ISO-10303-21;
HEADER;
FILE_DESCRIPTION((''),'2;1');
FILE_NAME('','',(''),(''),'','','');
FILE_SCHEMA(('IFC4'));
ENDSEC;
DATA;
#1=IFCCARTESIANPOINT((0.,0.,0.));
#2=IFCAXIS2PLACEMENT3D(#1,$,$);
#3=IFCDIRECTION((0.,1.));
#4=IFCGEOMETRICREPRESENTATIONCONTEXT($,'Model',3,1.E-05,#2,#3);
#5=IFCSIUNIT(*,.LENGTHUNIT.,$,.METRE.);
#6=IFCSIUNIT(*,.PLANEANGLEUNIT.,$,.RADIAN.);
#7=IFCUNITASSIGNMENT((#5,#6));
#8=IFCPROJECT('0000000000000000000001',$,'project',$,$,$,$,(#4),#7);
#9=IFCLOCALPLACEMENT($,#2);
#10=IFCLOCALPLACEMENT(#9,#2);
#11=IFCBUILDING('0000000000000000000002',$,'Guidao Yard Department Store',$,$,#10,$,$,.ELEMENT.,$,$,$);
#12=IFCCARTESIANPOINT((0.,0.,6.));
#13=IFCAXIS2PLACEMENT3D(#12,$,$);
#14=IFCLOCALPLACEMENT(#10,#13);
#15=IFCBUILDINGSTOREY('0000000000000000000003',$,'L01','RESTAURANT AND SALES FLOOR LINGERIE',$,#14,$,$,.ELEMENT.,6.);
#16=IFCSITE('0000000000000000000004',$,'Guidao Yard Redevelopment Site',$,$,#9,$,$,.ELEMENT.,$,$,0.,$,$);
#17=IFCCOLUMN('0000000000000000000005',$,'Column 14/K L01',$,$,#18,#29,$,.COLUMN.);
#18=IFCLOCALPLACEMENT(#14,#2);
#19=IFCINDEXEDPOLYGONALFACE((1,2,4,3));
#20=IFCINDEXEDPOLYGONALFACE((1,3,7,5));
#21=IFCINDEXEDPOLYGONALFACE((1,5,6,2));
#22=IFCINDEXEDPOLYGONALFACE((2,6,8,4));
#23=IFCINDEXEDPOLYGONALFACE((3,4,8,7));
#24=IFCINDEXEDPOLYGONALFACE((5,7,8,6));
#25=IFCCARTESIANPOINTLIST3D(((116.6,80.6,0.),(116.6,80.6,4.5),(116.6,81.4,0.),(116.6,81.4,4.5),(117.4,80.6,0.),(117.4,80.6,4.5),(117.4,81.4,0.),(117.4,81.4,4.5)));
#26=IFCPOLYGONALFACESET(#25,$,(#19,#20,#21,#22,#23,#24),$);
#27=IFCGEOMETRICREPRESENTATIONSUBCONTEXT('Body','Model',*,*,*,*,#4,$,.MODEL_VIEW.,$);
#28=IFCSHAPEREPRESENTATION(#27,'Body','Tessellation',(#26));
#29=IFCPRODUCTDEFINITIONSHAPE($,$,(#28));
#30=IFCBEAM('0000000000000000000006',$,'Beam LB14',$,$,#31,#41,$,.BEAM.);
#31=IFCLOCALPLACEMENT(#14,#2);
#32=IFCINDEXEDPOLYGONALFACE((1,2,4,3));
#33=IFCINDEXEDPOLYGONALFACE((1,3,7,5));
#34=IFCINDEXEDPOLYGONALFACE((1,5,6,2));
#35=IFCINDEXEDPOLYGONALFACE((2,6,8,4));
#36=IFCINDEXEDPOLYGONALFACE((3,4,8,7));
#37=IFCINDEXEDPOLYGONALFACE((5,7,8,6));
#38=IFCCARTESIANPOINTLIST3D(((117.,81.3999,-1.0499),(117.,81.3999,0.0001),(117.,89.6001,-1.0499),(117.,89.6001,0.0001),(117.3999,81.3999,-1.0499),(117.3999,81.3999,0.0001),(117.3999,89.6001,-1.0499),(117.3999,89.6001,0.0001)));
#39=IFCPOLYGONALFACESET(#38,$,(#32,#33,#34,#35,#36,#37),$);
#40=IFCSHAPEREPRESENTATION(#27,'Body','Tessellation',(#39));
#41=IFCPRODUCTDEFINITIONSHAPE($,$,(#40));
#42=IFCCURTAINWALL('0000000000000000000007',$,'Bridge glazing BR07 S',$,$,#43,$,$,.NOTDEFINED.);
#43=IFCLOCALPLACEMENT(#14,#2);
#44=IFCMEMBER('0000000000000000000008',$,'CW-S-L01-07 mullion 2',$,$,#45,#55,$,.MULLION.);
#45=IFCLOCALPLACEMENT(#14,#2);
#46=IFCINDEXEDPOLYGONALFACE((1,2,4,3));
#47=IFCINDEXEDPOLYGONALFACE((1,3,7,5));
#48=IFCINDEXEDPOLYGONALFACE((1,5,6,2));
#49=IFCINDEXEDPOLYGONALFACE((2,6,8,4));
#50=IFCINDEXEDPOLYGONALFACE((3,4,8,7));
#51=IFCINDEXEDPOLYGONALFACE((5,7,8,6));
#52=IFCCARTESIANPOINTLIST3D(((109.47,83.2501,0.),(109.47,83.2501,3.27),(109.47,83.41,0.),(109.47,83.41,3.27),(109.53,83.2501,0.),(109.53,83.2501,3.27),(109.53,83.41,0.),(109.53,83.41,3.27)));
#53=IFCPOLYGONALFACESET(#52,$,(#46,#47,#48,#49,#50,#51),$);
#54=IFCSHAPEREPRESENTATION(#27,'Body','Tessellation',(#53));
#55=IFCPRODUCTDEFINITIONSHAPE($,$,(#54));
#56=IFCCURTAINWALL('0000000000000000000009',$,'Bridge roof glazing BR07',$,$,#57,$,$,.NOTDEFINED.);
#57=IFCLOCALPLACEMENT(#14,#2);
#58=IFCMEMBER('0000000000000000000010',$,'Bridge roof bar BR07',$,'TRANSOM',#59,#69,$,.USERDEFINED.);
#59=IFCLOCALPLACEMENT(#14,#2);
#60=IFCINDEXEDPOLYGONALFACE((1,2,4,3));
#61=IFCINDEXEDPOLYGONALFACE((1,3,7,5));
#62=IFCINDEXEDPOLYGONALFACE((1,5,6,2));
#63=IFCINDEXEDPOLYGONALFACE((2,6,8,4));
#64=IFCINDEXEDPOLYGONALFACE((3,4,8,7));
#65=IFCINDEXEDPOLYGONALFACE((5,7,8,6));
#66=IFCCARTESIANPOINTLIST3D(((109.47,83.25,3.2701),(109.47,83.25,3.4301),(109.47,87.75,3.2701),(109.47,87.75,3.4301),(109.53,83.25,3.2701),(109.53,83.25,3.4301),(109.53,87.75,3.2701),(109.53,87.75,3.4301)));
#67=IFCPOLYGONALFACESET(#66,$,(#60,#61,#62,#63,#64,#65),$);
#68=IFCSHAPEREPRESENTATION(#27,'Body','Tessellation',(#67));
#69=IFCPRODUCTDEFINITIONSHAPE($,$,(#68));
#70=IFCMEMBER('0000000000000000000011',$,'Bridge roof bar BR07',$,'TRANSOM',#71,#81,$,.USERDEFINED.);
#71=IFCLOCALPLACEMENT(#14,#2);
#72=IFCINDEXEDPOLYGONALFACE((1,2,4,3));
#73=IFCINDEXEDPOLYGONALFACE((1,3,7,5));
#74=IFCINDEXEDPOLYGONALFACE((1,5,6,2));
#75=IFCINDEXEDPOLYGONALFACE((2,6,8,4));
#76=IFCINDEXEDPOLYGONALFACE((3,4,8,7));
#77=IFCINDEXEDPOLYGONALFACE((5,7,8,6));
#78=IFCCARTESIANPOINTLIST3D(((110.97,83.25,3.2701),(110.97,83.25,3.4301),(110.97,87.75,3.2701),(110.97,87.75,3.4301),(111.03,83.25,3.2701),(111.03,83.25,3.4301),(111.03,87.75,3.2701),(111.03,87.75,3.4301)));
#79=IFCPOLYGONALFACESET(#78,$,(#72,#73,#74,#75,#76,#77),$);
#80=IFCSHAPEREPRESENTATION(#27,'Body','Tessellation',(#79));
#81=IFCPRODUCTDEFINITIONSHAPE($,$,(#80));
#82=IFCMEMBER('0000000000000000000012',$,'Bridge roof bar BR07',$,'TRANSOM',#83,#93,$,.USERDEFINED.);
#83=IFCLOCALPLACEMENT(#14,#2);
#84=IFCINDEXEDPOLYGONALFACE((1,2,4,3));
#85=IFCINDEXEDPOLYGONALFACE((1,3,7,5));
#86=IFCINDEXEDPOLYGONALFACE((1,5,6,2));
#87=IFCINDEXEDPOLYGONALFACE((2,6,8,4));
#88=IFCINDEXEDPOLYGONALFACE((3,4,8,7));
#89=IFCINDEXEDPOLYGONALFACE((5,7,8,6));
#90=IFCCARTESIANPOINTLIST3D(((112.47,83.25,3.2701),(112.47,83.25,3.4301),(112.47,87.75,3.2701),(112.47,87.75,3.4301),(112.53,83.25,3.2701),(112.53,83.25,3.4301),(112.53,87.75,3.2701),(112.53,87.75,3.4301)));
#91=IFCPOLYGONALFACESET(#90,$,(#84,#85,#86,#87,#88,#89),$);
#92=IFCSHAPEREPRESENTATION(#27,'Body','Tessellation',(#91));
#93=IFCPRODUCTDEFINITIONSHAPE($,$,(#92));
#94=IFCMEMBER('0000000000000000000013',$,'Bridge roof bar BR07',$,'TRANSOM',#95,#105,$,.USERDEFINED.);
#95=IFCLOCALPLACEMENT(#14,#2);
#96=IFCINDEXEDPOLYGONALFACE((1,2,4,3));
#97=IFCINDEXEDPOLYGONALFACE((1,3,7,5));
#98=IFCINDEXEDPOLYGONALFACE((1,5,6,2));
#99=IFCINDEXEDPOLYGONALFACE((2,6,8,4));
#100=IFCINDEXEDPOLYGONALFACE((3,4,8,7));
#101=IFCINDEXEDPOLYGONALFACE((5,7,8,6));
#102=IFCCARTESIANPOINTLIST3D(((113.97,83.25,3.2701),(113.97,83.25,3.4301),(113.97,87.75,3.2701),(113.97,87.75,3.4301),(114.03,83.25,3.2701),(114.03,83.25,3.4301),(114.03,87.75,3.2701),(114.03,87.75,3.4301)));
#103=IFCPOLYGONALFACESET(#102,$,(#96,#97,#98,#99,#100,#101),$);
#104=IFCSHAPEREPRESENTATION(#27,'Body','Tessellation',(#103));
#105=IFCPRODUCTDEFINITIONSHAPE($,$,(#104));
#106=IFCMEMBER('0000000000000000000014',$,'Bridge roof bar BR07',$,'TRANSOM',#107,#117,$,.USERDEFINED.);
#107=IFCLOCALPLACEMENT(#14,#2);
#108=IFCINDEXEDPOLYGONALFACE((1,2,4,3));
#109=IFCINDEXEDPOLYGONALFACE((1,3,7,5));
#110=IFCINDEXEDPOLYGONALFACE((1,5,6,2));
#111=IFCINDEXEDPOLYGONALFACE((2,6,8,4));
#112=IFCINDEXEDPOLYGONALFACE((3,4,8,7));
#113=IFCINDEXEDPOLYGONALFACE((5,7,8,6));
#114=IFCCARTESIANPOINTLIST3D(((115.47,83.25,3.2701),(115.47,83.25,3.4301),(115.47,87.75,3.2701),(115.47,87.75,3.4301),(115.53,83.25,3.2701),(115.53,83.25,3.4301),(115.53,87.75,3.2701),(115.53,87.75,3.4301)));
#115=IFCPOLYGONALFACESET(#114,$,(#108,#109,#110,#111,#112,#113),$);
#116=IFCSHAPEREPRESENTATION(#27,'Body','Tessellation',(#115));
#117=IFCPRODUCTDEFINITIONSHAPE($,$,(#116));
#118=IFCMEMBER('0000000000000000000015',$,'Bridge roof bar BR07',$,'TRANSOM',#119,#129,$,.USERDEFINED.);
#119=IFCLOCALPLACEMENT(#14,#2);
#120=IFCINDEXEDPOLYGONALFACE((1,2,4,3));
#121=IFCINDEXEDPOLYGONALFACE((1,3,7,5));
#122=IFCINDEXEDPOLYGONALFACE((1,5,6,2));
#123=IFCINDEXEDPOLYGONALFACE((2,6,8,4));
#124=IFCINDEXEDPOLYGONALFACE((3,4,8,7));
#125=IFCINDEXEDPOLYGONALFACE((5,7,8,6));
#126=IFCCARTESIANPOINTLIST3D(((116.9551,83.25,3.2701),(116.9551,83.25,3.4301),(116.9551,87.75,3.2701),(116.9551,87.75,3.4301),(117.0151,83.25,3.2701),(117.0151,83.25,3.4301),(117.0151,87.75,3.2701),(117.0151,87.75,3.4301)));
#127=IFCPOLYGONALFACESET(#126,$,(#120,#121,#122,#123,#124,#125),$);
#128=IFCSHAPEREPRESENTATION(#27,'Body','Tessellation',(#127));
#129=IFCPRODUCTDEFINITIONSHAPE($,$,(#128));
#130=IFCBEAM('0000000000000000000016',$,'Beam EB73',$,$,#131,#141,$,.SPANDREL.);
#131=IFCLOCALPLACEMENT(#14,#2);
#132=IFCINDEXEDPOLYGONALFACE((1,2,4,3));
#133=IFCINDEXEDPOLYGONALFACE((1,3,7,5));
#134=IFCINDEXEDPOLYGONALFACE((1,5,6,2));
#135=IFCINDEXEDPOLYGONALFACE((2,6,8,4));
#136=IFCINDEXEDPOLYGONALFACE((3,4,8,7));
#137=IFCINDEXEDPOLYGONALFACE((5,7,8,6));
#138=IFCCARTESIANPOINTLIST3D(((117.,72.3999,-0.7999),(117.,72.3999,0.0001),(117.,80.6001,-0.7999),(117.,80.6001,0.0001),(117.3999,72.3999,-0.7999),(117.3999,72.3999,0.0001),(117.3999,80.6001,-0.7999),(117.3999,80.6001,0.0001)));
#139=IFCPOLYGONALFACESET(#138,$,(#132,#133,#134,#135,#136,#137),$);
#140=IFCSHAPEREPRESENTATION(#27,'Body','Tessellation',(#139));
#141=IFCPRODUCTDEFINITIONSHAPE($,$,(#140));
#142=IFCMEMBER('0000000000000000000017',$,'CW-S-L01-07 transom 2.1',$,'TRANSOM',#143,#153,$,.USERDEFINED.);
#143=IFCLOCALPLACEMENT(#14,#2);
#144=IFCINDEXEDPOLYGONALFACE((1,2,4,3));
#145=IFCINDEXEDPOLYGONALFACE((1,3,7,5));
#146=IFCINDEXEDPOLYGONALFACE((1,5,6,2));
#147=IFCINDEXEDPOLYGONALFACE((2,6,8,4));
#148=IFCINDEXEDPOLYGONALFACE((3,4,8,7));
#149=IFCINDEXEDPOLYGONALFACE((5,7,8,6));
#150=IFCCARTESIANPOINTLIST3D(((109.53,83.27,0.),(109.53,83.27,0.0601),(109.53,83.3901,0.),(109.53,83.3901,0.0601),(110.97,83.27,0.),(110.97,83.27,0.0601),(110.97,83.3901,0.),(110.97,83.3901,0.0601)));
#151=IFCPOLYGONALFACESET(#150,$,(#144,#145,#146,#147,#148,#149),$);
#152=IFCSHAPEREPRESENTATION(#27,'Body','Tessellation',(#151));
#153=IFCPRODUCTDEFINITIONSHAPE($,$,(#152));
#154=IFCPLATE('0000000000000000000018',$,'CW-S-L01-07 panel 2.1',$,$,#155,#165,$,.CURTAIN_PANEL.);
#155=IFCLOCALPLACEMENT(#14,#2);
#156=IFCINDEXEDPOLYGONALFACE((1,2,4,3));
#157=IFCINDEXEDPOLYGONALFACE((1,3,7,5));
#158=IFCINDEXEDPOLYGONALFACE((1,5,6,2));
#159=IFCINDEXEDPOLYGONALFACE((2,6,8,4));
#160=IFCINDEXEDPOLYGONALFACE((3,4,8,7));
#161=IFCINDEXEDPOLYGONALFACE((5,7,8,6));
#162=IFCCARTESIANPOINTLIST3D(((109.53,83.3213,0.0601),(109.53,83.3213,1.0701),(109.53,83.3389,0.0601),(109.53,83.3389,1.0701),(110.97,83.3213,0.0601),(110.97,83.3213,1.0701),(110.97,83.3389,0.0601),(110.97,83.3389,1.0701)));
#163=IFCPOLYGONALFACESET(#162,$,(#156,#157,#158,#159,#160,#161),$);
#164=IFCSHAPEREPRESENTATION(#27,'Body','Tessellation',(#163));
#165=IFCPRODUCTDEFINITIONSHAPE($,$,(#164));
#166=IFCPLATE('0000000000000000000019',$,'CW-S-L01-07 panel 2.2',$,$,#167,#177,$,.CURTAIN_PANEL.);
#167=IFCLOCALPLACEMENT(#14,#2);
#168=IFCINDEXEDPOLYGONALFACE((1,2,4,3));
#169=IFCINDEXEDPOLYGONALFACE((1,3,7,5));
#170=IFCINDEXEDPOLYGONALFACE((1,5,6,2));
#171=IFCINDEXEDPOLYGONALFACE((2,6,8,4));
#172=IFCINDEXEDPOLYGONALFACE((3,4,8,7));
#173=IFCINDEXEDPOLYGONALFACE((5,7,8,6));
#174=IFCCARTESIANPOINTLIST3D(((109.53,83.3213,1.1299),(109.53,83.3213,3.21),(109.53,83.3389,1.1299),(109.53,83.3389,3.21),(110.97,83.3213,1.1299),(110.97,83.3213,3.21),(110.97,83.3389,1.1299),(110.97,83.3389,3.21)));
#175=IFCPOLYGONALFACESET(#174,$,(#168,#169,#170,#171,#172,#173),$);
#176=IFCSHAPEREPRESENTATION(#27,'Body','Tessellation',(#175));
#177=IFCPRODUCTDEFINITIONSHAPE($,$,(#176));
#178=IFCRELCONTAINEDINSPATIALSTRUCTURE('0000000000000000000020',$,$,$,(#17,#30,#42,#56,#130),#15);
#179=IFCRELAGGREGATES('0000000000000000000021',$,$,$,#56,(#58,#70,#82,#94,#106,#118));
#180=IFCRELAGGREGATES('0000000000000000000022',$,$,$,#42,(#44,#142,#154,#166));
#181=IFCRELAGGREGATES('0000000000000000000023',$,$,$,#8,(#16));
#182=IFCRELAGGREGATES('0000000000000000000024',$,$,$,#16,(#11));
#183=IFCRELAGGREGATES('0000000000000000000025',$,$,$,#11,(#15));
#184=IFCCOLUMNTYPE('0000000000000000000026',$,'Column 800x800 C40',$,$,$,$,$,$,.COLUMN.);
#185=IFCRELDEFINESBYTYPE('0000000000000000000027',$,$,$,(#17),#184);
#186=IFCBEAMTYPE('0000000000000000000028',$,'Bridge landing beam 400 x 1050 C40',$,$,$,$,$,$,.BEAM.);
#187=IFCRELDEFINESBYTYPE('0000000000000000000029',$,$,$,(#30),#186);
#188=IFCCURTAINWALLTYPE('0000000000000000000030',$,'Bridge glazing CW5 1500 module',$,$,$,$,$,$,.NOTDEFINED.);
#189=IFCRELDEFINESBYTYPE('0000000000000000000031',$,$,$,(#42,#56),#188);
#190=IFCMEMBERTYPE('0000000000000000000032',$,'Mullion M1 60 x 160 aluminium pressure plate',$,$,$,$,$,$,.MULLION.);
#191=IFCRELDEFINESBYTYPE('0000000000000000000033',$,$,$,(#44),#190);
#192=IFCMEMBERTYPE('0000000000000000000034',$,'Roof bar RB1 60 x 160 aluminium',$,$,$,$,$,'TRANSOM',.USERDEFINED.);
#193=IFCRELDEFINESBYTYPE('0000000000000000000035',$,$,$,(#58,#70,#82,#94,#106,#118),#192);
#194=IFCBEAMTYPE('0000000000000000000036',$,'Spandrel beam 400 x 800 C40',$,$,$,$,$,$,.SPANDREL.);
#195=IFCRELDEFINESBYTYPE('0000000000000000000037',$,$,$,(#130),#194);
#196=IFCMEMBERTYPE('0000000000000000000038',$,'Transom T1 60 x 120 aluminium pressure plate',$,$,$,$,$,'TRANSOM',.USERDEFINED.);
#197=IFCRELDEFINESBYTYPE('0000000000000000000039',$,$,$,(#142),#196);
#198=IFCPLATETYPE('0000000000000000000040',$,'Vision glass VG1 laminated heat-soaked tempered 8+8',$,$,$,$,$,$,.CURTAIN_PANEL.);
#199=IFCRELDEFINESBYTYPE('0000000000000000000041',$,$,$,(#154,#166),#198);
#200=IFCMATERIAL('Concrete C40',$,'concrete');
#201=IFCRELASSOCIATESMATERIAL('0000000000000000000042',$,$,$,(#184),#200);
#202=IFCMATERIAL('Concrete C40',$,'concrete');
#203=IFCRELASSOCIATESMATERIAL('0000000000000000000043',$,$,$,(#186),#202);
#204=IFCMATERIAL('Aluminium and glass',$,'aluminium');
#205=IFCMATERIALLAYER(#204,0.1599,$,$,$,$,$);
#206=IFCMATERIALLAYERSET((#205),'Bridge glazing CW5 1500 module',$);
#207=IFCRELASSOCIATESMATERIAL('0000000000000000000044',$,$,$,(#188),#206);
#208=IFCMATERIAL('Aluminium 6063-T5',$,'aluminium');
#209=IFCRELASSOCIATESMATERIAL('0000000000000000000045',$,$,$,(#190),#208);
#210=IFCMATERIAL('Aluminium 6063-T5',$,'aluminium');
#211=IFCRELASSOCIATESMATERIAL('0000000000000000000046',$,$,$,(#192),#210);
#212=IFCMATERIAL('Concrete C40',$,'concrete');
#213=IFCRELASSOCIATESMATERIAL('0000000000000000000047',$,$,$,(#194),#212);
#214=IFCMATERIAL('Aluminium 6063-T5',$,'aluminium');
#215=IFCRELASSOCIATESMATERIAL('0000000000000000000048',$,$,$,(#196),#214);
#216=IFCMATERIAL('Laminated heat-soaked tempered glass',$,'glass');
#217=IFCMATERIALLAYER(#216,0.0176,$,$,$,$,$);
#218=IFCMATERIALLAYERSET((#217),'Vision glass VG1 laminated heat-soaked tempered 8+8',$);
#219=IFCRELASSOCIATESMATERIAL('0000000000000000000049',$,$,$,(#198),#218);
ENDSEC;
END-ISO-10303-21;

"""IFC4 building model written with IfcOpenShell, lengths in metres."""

from ifc_helpers import new_model, si_unit, direction, frame, origin, origin_2d, place, context, subcontext, project, spatial, rectangle, extrude, material, layer, layer_set, material_profile, profile_set, type_object, element, aggregate, save


model = new_model("IFC4")

# Units and contexts
model_context = context("Model", 3, precision=1e-05, world=origin(), true_north=direction((0.0, 1.0)))
body_context = subcontext(model_context, "Body", "Model", "MODEL_VIEW")
ifc_project = project(units=[si_unit("LENGTHUNIT", "METRE"), si_unit("PLANEANGLEUNIT", "RADIAN")], contexts=[model_context])

# Site, building, storey
site_placement = place(None, origin())
site = spatial("IfcSite", under=ifc_project, at=site_placement, Name="Guidao Yard Redevelopment Site", CompositionType="ELEMENT", RefElevation=0.0)
building_placement = place(site_placement, origin())
building = spatial("IfcBuilding", under=site, at=building_placement, Name="Guidao Yard Department Store", CompositionType="ELEMENT")
storey_placement = place(building_placement, frame((0.0, 0.0, 6.0)))
storey = spatial("IfcBuildingStorey", under=building, at=storey_placement, Name="L01", Description="RESTAURANT AND SALES FLOOR LINGERIE", CompositionType="ELEMENT", Elevation=6.0)

# Column
ifc_material_1 = material(Name="Concrete C40", Category="concrete")
ifc_material_profile_1 = material_profile(ifc_material_1, rectangle(XDim=0.8, YDim=0.8, at=origin_2d()), Name="COL 800x800")
ifc_profile_set_1 = profile_set([ifc_material_profile_1], Name="Concrete C40")
column_type = type_object("IfcColumnType", Name="Column 800x800 C40", PredefinedType="COLUMN", material=ifc_profile_set_1)
column_placement = place(storey_placement, frame((117.0, 81.0, 0.0), z_axis=(0.0, 0.0, 1.0), x_axis=(1.0, 0.0, 0.0)))
element("IfcColumn", 1, at=column_placement, inside=storey, type_object=column_type, Name="Column 14/K L01", PredefinedType="COLUMN", context=body_context, shape_type="SweptSolid", body=[
    extrude(rectangle(XDim=0.8, YDim=0.8, at=origin_2d()), origin(), (0.0, 0.0, 1.0), 4.5),
])

# Beam
ifc_material_2 = material(Name="Concrete C40", Category="concrete")
ifc_material_profile_2 = material_profile(ifc_material_2, rectangle(XDim=0.3999, YDim=1.05, at=origin_2d()), Name="Bridge landing beam 400 x 1050 C40")
ifc_profile_set_2 = profile_set([ifc_material_profile_2], Name="Concrete C40")
beam_type_1 = type_object("IfcBeamType", Name="Bridge landing beam 400 x 1050 C40", PredefinedType="BEAM", material=ifc_profile_set_2)
beam_1_placement = place(storey_placement, frame((117.2, 81.3999, -0.5249), z_axis=(0.0, 1.0, 0.0), x_axis=(-1.0, 0.0, 0.0)))
element("IfcBeam", 2, at=beam_1_placement, inside=storey, type_object=beam_type_1, Name="Beam LB14", PredefinedType="BEAM", context=body_context, shape_type="SweptSolid", body=[
    extrude(rectangle(XDim=0.3999, YDim=1.05, at=origin_2d()), origin(), (0.0, 0.0, 1.0), 8.2002),
])

# Curtain wall, member
ifc_material_3 = material(Name="Aluminium and glass", Category="aluminium")
ifc_layer_1 = layer(ifc_material_3, 0.1599)
ifc_layer_set_1 = layer_set([ifc_layer_1], Name="Bridge glazing CW5 1500 module")
curtain_wall_type = type_object("IfcCurtainWallType", Name="Bridge glazing CW5 1500 module", PredefinedType="NOTDEFINED", material=ifc_layer_set_1)
curtain_wall_1_placement = place(storey_placement, origin())
curtain_wall_1 = element("IfcCurtainWall", 3, at=curtain_wall_1_placement, inside=storey, type_object=curtain_wall_type, Name="Bridge glazing BR07 S", PredefinedType="NOTDEFINED")
ifc_material_4 = material(Name="Aluminium 6063-T5", Category="aluminium")
ifc_material_profile_3 = material_profile(ifc_material_4, rectangle(XDim=0.0601, YDim=0.1599, at=origin_2d()), Name="Mullion M1 60 x 160 aluminium pressure plate")
ifc_profile_set_3 = profile_set([ifc_material_profile_3], Name="Aluminium 6063-T5")
member_type_1 = type_object("IfcMemberType", Name="Mullion M1 60 x 160 aluminium pressure plate", PredefinedType="MULLION", material=ifc_profile_set_3)
member_1_placement = place(storey_placement, frame((109.5, 83.3301, 0.0), z_axis=(0.0, 0.0, 1.0), x_axis=(-1.0, 0.0, 0.0)))
member_1 = element("IfcMember", 4, at=member_1_placement, type_object=member_type_1, Name="CW-S-L01-07 mullion 2", PredefinedType="MULLION", context=body_context, shape_type="SweptSolid", body=[
    extrude(rectangle(XDim=0.0601, YDim=0.1599, at=origin_2d()), origin(), (0.0, 0.0, 1.0), 3.27),
])

# Curtain wall, members
curtain_wall_2_placement = place(storey_placement, origin())
curtain_wall_2 = element("IfcCurtainWall", 5, at=curtain_wall_2_placement, inside=storey, type_object=curtain_wall_type, Name="Bridge roof glazing BR07", PredefinedType="NOTDEFINED")
ifc_material_5 = material(Name="Aluminium 6063-T5", Category="aluminium")
ifc_material_profile_4 = material_profile(ifc_material_5, rectangle(XDim=0.0601, YDim=0.1599, at=origin_2d()), Name="Roof bar RB1 60 x 160 aluminium")
ifc_profile_set_4 = profile_set([ifc_material_profile_4], Name="Aluminium 6063-T5")
member_type_2 = type_object("IfcMemberType", Name="Roof bar RB1 60 x 160 aluminium", ElementType="TRANSOM", PredefinedType="USERDEFINED", material=ifc_profile_set_4)
member_2_placement = place(storey_placement, frame((109.5, 83.25, 3.3501), z_axis=(0.0, 1.0, 0.0), x_axis=(-1.0, 0.0, 0.0)))
member_2 = element("IfcMember", 6, at=member_2_placement, type_object=member_type_2, Name="Bridge roof bar BR07", ObjectType="TRANSOM", PredefinedType="USERDEFINED", context=body_context, shape_type="SweptSolid", body=[
    extrude(rectangle(XDim=0.0601, YDim=0.1599, at=origin_2d()), origin(), (0.0, 0.0, 1.0), 4.5),
])
member_3_placement = place(storey_placement, frame((111.0, 83.25, 3.3501), z_axis=(0.0, 1.0, 0.0), x_axis=(-1.0, 0.0, 0.0)))
member_3 = element("IfcMember", 7, at=member_3_placement, type_object=member_type_2, Name="Bridge roof bar BR07", ObjectType="TRANSOM", PredefinedType="USERDEFINED", context=body_context, shape_type="SweptSolid", body=[
    extrude(rectangle(XDim=0.0601, YDim=0.1599, at=origin_2d()), origin(), (0.0, 0.0, 1.0), 4.5),
])
member_4_placement = place(storey_placement, frame((112.5, 83.25, 3.3501), z_axis=(0.0, 1.0, 0.0), x_axis=(-1.0, 0.0, 0.0)))
member_4 = element("IfcMember", 8, at=member_4_placement, type_object=member_type_2, Name="Bridge roof bar BR07", ObjectType="TRANSOM", PredefinedType="USERDEFINED", context=body_context, shape_type="SweptSolid", body=[
    extrude(rectangle(XDim=0.0601, YDim=0.1599, at=origin_2d()), origin(), (0.0, 0.0, 1.0), 4.5),
])
member_5_placement = place(storey_placement, frame((114.0, 83.25, 3.3501), z_axis=(0.0, 1.0, 0.0), x_axis=(-1.0, 0.0, 0.0)))
member_5 = element("IfcMember", 9, at=member_5_placement, type_object=member_type_2, Name="Bridge roof bar BR07", ObjectType="TRANSOM", PredefinedType="USERDEFINED", context=body_context, shape_type="SweptSolid", body=[
    extrude(rectangle(XDim=0.0601, YDim=0.1599, at=origin_2d()), origin(), (0.0, 0.0, 1.0), 4.5),
])
member_6_placement = place(storey_placement, frame((115.5, 83.25, 3.3501), z_axis=(0.0, 1.0, 0.0), x_axis=(-1.0, 0.0, 0.0)))
member_6 = element("IfcMember", 10, at=member_6_placement, type_object=member_type_2, Name="Bridge roof bar BR07", ObjectType="TRANSOM", PredefinedType="USERDEFINED", context=body_context, shape_type="SweptSolid", body=[
    extrude(rectangle(XDim=0.0601, YDim=0.1599, at=origin_2d()), origin(), (0.0, 0.0, 1.0), 4.5),
])
member_7_placement = place(storey_placement, frame((116.9851, 83.25, 3.3501), z_axis=(0.0, 1.0, 0.0), x_axis=(-1.0, 0.0, 0.0)))
member_7 = element("IfcMember", 11, at=member_7_placement, type_object=member_type_2, Name="Bridge roof bar BR07", ObjectType="TRANSOM", PredefinedType="USERDEFINED", context=body_context, shape_type="SweptSolid", body=[
    extrude(rectangle(XDim=0.0601, YDim=0.1599, at=origin_2d()), origin(), (0.0, 0.0, 1.0), 4.5),
])
aggregate(curtain_wall_2, [member_2, member_3, member_4, member_5, member_6, member_7])

# Beam
ifc_material_6 = material(Name="Concrete C40", Category="concrete")
ifc_material_profile_5 = material_profile(ifc_material_6, rectangle(XDim=0.3999, YDim=0.8, at=origin_2d()), Name="Spandrel beam 400 x 800 C40")
ifc_profile_set_5 = profile_set([ifc_material_profile_5], Name="Concrete C40")
beam_type_2 = type_object("IfcBeamType", Name="Spandrel beam 400 x 800 C40", PredefinedType="SPANDREL", material=ifc_profile_set_5)
beam_2_placement = place(storey_placement, frame((117.2, 72.3999, -0.3999), z_axis=(0.0, 1.0, 0.0), x_axis=(-1.0, 0.0, 0.0)))
element("IfcBeam", 12, at=beam_2_placement, inside=storey, type_object=beam_type_2, Name="Beam EB73", PredefinedType="SPANDREL", context=body_context, shape_type="SweptSolid", body=[
    extrude(rectangle(XDim=0.3999, YDim=0.8, at=origin_2d()), origin(), (0.0, 0.0, 1.0), 8.2002),
])

# Member
ifc_material_7 = material(Name="Aluminium 6063-T5", Category="aluminium")
ifc_material_profile_6 = material_profile(ifc_material_7, rectangle(XDim=0.1201, YDim=0.0601, at=origin_2d()), Name="Transom T1 60 x 120 aluminium pressure plate")
ifc_profile_set_6 = profile_set([ifc_material_profile_6], Name="Aluminium 6063-T5")
member_type_3 = type_object("IfcMemberType", Name="Transom T1 60 x 120 aluminium pressure plate", ElementType="TRANSOM", PredefinedType="USERDEFINED", material=ifc_profile_set_6)
member_8_placement = place(storey_placement, frame((110.97, 83.3301, 0.03), z_axis=(-1.0, 0.0, 0.0), x_axis=(0.0, -1.0, 0.0)))
member_8 = element("IfcMember", 13, at=member_8_placement, type_object=member_type_3, Name="CW-S-L01-07 transom 2.1", ObjectType="TRANSOM", PredefinedType="USERDEFINED", context=body_context, shape_type="SweptSolid", body=[
    extrude(rectangle(XDim=0.1201, YDim=0.0601, at=origin_2d()), origin(), (0.0, 0.0, 1.0), 1.4399),
])

# Plates
ifc_material_8 = material(Name="Laminated heat-soaked tempered glass", Category="glass")
ifc_layer_2 = layer(ifc_material_8, 0.0176)
ifc_layer_set_2 = layer_set([ifc_layer_2], Name="Vision glass VG1 laminated heat-soaked tempered 8+8")
plate_type = type_object("IfcPlateType", Name="Vision glass VG1 laminated heat-soaked tempered 8+8", PredefinedType="CURTAIN_PANEL", material=ifc_layer_set_2)
plate_1_placement = place(storey_placement, frame((110.25, 83.3301, 0.0601), z_axis=(0.0, 0.0, 1.0), x_axis=(-1.0, 0.0, 0.0)))
plate_1 = element("IfcPlate", 14, at=plate_1_placement, type_object=plate_type, Name="CW-S-L01-07 panel 2.1", PredefinedType="CURTAIN_PANEL", context=body_context, shape_type="SweptSolid", body=[
    extrude(rectangle(XDim=1.4399, YDim=0.0176, at=origin_2d()), origin(), (0.0, 0.0, 1.0), 1.01),
])
plate_2_placement = place(storey_placement, frame((110.25, 83.3301, 1.1299), z_axis=(0.0, 0.0, 1.0), x_axis=(-1.0, 0.0, 0.0)))
plate_2 = element("IfcPlate", 15, at=plate_2_placement, type_object=plate_type, Name="CW-S-L01-07 panel 2.2", PredefinedType="CURTAIN_PANEL", context=body_context, shape_type="SweptSolid", body=[
    extrude(rectangle(XDim=1.4399, YDim=0.0176, at=origin_2d()), origin(), (0.0, 0.0, 1.0), 2.0801),
])
aggregate(curtain_wall_1, [member_1, member_8, plate_1, plate_2])

save(model, "model.ifc")
